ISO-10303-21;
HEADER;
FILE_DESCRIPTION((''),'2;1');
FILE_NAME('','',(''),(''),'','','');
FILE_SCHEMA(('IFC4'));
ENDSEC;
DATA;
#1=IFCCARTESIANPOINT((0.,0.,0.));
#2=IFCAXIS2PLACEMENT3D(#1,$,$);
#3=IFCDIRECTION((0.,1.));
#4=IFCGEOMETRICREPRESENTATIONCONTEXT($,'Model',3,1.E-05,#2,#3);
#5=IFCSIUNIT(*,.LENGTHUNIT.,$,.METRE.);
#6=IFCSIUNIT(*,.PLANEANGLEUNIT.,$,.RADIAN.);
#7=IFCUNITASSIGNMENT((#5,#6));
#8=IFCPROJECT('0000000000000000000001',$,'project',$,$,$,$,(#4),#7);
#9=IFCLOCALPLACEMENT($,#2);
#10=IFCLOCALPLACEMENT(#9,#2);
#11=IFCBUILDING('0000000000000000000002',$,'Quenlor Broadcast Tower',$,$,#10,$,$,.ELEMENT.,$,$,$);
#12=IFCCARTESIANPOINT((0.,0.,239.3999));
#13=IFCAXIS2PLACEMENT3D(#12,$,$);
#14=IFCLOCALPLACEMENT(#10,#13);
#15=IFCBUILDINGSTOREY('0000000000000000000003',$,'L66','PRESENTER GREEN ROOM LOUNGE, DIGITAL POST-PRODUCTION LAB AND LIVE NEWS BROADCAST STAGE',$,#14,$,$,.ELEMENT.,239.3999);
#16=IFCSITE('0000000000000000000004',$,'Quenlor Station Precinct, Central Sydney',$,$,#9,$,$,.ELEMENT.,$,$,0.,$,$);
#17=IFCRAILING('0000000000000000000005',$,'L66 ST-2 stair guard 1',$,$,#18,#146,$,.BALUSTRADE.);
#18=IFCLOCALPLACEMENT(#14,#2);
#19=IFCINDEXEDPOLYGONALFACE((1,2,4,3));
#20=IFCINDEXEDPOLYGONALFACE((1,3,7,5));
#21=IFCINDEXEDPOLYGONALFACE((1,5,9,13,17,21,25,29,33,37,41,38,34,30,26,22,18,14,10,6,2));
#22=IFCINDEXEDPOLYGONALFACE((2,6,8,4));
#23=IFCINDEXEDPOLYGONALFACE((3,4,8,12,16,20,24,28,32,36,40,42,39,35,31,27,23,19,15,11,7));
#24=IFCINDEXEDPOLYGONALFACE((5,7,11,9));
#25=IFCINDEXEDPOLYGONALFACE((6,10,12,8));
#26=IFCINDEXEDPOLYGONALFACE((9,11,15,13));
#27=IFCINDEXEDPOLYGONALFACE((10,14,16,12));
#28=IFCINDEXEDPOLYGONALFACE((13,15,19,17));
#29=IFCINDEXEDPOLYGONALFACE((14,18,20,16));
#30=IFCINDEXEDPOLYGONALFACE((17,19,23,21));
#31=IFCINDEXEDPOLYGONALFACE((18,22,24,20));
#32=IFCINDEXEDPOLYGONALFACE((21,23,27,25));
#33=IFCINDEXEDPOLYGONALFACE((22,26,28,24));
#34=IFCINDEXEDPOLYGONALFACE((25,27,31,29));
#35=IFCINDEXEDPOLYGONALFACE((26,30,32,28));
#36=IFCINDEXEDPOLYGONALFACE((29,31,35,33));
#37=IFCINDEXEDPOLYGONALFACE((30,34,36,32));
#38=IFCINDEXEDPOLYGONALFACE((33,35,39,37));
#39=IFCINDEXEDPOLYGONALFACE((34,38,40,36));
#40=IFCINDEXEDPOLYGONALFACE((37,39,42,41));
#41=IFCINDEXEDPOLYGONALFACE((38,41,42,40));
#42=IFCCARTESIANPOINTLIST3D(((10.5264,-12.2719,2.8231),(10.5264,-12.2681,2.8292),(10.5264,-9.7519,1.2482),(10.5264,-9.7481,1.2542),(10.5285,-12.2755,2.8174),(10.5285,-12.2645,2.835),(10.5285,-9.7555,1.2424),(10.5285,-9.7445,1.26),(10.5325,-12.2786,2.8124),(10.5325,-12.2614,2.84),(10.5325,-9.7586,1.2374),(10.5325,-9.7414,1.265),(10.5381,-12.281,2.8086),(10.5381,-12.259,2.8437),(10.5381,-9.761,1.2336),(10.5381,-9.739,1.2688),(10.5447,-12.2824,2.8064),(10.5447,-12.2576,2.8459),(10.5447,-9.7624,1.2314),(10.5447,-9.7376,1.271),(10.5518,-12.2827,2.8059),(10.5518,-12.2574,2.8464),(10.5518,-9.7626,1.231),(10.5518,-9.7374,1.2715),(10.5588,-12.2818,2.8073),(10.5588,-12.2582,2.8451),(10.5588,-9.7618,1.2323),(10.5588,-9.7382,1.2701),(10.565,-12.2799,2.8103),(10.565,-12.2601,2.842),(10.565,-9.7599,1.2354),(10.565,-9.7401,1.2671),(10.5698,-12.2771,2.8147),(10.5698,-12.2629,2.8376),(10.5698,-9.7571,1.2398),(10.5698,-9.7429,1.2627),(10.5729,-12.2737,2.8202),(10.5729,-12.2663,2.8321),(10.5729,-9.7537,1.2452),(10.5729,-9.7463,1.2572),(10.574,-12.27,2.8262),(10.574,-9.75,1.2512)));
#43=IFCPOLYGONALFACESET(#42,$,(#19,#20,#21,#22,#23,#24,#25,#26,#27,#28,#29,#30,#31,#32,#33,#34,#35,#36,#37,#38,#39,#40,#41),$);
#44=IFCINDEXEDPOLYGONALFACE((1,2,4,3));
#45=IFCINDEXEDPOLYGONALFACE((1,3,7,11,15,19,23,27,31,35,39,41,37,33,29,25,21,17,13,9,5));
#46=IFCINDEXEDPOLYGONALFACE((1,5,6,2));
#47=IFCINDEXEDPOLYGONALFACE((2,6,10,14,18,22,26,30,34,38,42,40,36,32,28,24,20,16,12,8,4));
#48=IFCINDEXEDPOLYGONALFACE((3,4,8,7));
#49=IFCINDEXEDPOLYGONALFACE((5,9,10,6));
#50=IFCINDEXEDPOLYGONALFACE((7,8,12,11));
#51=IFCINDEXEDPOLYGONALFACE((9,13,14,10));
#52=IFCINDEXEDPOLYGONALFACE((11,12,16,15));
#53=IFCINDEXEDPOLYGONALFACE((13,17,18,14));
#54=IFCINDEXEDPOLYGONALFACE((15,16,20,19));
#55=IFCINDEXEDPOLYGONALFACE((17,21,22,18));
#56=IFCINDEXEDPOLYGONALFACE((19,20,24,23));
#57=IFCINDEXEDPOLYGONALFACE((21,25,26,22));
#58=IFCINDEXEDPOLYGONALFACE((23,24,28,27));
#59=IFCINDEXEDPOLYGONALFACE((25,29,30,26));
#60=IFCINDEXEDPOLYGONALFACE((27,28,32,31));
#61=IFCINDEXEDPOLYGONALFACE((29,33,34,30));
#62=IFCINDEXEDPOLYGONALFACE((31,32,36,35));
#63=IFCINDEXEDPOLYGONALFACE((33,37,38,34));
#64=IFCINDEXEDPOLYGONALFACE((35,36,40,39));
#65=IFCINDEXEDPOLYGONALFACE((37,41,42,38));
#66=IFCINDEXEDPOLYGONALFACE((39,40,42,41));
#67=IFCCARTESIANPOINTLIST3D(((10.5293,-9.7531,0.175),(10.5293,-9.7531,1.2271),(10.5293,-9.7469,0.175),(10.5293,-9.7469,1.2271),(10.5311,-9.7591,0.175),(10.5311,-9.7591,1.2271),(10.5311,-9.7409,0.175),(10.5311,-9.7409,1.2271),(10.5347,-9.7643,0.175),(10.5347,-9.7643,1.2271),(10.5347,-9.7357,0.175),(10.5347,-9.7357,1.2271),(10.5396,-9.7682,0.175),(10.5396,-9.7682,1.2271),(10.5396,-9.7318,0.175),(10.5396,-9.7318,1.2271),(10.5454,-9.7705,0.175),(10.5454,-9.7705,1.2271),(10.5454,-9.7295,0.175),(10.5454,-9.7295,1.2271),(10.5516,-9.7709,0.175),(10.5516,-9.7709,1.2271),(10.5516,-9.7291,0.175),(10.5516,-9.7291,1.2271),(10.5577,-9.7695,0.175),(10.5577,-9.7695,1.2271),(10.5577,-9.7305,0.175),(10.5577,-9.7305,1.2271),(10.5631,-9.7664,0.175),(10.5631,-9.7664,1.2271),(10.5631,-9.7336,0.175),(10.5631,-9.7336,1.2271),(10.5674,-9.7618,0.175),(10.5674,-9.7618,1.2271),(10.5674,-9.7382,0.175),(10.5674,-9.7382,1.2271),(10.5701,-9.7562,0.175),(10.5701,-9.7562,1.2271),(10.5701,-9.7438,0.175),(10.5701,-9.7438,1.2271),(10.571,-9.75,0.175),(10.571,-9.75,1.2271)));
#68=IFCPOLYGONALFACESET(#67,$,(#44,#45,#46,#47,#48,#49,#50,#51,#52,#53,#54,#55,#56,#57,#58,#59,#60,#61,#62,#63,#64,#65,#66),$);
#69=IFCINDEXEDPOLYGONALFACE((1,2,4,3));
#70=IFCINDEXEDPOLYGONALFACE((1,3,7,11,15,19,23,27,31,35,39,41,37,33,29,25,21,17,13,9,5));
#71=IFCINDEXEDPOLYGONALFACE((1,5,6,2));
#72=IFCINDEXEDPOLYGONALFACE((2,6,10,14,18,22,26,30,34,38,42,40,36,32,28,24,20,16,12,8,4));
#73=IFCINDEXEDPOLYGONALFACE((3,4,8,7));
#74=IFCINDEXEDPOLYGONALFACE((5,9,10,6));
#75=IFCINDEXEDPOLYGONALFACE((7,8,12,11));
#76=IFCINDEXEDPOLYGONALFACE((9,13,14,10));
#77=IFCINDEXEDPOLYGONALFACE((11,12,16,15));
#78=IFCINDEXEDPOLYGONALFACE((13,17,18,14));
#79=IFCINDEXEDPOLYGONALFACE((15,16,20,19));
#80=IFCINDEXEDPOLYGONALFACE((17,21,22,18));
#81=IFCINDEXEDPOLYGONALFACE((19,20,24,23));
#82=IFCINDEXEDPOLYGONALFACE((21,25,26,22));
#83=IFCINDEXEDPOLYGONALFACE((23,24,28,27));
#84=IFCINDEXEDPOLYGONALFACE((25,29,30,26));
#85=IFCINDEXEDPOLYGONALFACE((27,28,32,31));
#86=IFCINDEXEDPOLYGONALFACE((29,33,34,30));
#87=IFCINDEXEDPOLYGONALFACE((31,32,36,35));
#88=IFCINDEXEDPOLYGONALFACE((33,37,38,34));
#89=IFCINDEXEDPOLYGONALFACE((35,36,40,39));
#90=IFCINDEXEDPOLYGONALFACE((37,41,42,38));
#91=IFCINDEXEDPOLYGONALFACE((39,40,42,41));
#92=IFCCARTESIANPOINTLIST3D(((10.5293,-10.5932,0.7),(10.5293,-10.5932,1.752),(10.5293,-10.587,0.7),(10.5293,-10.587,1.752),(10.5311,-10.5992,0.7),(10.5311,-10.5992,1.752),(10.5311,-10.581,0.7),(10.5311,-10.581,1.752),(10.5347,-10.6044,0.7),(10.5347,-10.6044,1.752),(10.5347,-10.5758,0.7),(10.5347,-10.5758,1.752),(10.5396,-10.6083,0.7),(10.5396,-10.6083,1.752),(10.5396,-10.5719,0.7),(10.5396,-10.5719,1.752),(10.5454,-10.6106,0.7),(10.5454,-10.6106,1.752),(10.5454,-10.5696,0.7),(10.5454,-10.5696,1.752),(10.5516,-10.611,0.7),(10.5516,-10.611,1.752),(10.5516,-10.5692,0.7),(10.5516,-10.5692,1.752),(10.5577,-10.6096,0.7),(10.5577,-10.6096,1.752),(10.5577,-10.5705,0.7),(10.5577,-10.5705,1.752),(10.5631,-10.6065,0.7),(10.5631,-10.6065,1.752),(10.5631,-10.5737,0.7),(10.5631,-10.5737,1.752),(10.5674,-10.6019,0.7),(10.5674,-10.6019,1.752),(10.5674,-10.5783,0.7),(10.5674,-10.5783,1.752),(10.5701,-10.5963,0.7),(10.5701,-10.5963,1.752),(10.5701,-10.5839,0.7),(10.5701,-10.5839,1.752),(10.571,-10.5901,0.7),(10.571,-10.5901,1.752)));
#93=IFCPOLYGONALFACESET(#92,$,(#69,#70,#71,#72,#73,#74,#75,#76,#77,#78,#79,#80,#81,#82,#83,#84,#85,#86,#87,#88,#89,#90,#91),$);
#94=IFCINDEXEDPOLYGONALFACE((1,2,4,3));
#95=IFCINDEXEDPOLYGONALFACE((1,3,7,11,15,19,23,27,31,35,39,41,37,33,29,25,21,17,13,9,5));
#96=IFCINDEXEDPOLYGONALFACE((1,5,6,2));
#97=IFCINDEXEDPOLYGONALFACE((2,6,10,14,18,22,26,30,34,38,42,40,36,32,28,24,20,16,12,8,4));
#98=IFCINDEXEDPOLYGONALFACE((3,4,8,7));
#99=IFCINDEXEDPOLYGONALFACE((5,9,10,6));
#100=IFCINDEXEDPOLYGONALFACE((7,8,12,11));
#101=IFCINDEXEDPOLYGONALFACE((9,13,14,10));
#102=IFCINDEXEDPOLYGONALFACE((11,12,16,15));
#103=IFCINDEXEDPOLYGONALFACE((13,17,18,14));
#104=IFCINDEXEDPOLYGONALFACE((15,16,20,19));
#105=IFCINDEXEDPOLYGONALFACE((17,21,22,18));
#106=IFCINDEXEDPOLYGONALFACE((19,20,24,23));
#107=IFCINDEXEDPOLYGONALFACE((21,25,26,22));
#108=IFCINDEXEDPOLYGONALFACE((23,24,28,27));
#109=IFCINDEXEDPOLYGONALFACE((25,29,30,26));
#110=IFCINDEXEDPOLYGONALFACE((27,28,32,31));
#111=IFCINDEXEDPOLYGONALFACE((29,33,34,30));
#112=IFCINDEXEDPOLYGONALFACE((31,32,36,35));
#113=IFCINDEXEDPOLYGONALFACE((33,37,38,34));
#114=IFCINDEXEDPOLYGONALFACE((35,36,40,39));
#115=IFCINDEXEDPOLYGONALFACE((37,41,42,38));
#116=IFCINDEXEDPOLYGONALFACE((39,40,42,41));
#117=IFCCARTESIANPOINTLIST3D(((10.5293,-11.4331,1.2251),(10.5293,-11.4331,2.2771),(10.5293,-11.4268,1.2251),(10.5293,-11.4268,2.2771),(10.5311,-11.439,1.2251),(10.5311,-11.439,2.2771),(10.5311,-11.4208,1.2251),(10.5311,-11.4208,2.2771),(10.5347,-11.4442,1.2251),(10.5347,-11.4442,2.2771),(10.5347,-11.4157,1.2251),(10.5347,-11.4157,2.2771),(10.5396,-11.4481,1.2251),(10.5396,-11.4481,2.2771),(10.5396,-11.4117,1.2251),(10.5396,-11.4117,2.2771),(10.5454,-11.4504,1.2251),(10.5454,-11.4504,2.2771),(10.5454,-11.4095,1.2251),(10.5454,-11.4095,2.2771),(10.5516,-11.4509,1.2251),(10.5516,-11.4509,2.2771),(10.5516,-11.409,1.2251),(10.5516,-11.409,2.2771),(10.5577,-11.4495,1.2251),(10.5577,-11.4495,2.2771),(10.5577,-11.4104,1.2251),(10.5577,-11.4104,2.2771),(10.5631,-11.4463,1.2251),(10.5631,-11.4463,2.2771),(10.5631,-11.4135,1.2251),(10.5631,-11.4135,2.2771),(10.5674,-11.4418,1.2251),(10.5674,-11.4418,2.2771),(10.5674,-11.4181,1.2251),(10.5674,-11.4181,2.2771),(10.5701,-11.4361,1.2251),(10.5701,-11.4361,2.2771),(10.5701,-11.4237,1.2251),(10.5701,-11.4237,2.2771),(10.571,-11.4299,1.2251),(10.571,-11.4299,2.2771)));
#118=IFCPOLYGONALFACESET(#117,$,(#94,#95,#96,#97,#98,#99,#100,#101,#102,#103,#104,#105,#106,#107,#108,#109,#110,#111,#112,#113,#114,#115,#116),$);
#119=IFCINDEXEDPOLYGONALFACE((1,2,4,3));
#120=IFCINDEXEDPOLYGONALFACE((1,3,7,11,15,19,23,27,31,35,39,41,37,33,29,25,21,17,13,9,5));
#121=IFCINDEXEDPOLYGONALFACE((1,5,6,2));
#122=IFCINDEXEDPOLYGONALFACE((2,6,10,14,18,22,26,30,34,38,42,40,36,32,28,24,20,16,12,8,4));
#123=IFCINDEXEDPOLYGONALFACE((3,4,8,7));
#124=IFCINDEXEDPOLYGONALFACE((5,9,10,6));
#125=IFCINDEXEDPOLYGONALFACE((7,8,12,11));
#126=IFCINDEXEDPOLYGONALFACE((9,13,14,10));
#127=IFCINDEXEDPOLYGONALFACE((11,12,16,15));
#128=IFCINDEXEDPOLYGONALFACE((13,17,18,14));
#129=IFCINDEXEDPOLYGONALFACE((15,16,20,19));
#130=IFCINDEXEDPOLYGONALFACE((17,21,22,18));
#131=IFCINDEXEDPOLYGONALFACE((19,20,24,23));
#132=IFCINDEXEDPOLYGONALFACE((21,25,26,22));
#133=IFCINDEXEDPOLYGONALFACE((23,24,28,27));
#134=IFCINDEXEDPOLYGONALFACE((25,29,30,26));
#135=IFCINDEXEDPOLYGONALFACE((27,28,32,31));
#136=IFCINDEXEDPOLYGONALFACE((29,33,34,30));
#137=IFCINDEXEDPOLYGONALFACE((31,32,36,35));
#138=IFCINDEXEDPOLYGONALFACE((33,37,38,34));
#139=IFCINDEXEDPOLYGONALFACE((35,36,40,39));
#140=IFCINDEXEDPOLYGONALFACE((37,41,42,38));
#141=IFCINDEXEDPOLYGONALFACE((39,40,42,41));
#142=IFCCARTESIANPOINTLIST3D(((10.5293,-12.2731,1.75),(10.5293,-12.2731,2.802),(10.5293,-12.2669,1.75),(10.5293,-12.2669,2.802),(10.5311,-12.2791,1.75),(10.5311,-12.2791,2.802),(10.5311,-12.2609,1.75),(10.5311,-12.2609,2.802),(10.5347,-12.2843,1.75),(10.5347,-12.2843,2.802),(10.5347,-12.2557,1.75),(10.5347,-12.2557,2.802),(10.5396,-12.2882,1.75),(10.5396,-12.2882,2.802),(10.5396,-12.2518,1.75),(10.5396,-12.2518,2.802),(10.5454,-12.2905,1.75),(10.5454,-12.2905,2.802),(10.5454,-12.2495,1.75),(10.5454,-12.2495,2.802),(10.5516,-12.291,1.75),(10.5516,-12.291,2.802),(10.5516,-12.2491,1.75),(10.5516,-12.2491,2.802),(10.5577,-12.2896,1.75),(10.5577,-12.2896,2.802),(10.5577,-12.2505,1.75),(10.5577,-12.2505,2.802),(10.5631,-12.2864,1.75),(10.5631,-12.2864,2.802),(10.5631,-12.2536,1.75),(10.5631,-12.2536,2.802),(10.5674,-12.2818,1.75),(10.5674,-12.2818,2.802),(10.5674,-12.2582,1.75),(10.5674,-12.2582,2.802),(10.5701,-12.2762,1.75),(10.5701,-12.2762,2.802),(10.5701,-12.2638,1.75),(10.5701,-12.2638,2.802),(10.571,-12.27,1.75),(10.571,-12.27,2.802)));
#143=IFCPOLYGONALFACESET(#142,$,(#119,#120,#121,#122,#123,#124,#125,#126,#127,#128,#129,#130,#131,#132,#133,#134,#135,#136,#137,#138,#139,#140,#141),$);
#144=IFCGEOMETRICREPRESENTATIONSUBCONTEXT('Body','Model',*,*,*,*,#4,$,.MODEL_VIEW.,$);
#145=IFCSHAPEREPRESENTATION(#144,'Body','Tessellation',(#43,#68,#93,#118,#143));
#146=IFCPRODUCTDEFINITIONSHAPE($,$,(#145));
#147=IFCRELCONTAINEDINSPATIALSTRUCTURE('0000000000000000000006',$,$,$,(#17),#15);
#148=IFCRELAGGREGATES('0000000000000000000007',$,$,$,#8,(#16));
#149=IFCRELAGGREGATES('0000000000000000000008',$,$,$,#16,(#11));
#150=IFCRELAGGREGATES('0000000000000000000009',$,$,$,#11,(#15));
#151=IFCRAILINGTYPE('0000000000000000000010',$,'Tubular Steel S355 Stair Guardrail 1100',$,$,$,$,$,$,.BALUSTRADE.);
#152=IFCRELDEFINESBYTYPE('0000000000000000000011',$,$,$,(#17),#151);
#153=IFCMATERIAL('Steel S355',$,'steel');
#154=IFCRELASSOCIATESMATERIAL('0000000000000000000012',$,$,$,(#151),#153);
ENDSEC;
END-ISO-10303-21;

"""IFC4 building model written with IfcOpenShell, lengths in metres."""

from ifc_helpers import new_model, si_unit, direction, frame, origin, origin_2d, place, context, subcontext, project, spatial, circle, extrude, material, type_object, element, save


model = new_model("IFC4")

# Units and contexts
model_context = context("Model", 3, precision=1e-05, world=origin(), true_north=direction((0.0, 1.0)))
body_context = subcontext(model_context, "Body", "Model", "MODEL_VIEW")
ifc_project = project(units=[si_unit("LENGTHUNIT", "METRE"), si_unit("PLANEANGLEUNIT", "RADIAN")], contexts=[model_context])

# Site, building, storey
site_placement = place(None, origin())
site = spatial("IfcSite", under=ifc_project, at=site_placement, Name="Quenlor Station Precinct, Central Sydney", CompositionType="ELEMENT", RefElevation=0.0)
building_placement = place(site_placement, origin())
building = spatial("IfcBuilding", under=site, at=building_placement, Name="Quenlor Broadcast Tower", CompositionType="ELEMENT")
storey_placement = place(building_placement, frame((0.0, 0.0, 239.3999)))
storey = spatial("IfcBuildingStorey", under=building, at=storey_placement, Name="L66", Description="PRESENTER GREEN ROOM LOUNGE, DIGITAL POST-PRODUCTION LAB AND LIVE NEWS BROADCAST STAGE", CompositionType="ELEMENT", Elevation=239.3999)

# Railing
ifc_material_1 = material(Name="Steel S355", Category="steel")
railing_type_1 = type_object("IfcRailingType", Name="Tubular Steel S355 Stair Guardrail 1100", PredefinedType="BALUSTRADE", material=ifc_material_1)
railing_1_placement = place(storey_placement, frame((10.55, -9.75, 0.175)))
element("IfcRailing", 1, at=railing_1_placement, inside=storey, type_object=railing_type_1, Name="L66 ST-2 stair guard 1", PredefinedType="BALUSTRADE", context=body_context, shape_type="SweptSolid", body=[
    extrude(circle(Radius=0.0239, at=origin_2d()), frame((0.0, 0.0, 1.0762), z_axis=(0.0, -0.848008, 0.529984), x_axis=(1.0, 0.0, 0.0)), (0.0, 0.0, 1.0), 2.9717),
    extrude(circle(Radius=0.021, at=origin_2d()), origin(), (0.0, 0.0, 1.0), 1.052),
    extrude(circle(Radius=0.021, at=origin_2d()), frame((0.0, -0.8401, 0.5249)), (0.0, 0.0, 1.0), 1.052),
    extrude(circle(Radius=0.021, at=origin_2d()), frame((0.0, -1.6799, 1.05)), (0.0, 0.0, 1.0), 1.052),
    extrude(circle(Radius=0.021, at=origin_2d()), frame((0.0, -2.52, 1.575)), (0.0, 0.0, 1.0), 1.052),
])

save(model, "model.ifc")
